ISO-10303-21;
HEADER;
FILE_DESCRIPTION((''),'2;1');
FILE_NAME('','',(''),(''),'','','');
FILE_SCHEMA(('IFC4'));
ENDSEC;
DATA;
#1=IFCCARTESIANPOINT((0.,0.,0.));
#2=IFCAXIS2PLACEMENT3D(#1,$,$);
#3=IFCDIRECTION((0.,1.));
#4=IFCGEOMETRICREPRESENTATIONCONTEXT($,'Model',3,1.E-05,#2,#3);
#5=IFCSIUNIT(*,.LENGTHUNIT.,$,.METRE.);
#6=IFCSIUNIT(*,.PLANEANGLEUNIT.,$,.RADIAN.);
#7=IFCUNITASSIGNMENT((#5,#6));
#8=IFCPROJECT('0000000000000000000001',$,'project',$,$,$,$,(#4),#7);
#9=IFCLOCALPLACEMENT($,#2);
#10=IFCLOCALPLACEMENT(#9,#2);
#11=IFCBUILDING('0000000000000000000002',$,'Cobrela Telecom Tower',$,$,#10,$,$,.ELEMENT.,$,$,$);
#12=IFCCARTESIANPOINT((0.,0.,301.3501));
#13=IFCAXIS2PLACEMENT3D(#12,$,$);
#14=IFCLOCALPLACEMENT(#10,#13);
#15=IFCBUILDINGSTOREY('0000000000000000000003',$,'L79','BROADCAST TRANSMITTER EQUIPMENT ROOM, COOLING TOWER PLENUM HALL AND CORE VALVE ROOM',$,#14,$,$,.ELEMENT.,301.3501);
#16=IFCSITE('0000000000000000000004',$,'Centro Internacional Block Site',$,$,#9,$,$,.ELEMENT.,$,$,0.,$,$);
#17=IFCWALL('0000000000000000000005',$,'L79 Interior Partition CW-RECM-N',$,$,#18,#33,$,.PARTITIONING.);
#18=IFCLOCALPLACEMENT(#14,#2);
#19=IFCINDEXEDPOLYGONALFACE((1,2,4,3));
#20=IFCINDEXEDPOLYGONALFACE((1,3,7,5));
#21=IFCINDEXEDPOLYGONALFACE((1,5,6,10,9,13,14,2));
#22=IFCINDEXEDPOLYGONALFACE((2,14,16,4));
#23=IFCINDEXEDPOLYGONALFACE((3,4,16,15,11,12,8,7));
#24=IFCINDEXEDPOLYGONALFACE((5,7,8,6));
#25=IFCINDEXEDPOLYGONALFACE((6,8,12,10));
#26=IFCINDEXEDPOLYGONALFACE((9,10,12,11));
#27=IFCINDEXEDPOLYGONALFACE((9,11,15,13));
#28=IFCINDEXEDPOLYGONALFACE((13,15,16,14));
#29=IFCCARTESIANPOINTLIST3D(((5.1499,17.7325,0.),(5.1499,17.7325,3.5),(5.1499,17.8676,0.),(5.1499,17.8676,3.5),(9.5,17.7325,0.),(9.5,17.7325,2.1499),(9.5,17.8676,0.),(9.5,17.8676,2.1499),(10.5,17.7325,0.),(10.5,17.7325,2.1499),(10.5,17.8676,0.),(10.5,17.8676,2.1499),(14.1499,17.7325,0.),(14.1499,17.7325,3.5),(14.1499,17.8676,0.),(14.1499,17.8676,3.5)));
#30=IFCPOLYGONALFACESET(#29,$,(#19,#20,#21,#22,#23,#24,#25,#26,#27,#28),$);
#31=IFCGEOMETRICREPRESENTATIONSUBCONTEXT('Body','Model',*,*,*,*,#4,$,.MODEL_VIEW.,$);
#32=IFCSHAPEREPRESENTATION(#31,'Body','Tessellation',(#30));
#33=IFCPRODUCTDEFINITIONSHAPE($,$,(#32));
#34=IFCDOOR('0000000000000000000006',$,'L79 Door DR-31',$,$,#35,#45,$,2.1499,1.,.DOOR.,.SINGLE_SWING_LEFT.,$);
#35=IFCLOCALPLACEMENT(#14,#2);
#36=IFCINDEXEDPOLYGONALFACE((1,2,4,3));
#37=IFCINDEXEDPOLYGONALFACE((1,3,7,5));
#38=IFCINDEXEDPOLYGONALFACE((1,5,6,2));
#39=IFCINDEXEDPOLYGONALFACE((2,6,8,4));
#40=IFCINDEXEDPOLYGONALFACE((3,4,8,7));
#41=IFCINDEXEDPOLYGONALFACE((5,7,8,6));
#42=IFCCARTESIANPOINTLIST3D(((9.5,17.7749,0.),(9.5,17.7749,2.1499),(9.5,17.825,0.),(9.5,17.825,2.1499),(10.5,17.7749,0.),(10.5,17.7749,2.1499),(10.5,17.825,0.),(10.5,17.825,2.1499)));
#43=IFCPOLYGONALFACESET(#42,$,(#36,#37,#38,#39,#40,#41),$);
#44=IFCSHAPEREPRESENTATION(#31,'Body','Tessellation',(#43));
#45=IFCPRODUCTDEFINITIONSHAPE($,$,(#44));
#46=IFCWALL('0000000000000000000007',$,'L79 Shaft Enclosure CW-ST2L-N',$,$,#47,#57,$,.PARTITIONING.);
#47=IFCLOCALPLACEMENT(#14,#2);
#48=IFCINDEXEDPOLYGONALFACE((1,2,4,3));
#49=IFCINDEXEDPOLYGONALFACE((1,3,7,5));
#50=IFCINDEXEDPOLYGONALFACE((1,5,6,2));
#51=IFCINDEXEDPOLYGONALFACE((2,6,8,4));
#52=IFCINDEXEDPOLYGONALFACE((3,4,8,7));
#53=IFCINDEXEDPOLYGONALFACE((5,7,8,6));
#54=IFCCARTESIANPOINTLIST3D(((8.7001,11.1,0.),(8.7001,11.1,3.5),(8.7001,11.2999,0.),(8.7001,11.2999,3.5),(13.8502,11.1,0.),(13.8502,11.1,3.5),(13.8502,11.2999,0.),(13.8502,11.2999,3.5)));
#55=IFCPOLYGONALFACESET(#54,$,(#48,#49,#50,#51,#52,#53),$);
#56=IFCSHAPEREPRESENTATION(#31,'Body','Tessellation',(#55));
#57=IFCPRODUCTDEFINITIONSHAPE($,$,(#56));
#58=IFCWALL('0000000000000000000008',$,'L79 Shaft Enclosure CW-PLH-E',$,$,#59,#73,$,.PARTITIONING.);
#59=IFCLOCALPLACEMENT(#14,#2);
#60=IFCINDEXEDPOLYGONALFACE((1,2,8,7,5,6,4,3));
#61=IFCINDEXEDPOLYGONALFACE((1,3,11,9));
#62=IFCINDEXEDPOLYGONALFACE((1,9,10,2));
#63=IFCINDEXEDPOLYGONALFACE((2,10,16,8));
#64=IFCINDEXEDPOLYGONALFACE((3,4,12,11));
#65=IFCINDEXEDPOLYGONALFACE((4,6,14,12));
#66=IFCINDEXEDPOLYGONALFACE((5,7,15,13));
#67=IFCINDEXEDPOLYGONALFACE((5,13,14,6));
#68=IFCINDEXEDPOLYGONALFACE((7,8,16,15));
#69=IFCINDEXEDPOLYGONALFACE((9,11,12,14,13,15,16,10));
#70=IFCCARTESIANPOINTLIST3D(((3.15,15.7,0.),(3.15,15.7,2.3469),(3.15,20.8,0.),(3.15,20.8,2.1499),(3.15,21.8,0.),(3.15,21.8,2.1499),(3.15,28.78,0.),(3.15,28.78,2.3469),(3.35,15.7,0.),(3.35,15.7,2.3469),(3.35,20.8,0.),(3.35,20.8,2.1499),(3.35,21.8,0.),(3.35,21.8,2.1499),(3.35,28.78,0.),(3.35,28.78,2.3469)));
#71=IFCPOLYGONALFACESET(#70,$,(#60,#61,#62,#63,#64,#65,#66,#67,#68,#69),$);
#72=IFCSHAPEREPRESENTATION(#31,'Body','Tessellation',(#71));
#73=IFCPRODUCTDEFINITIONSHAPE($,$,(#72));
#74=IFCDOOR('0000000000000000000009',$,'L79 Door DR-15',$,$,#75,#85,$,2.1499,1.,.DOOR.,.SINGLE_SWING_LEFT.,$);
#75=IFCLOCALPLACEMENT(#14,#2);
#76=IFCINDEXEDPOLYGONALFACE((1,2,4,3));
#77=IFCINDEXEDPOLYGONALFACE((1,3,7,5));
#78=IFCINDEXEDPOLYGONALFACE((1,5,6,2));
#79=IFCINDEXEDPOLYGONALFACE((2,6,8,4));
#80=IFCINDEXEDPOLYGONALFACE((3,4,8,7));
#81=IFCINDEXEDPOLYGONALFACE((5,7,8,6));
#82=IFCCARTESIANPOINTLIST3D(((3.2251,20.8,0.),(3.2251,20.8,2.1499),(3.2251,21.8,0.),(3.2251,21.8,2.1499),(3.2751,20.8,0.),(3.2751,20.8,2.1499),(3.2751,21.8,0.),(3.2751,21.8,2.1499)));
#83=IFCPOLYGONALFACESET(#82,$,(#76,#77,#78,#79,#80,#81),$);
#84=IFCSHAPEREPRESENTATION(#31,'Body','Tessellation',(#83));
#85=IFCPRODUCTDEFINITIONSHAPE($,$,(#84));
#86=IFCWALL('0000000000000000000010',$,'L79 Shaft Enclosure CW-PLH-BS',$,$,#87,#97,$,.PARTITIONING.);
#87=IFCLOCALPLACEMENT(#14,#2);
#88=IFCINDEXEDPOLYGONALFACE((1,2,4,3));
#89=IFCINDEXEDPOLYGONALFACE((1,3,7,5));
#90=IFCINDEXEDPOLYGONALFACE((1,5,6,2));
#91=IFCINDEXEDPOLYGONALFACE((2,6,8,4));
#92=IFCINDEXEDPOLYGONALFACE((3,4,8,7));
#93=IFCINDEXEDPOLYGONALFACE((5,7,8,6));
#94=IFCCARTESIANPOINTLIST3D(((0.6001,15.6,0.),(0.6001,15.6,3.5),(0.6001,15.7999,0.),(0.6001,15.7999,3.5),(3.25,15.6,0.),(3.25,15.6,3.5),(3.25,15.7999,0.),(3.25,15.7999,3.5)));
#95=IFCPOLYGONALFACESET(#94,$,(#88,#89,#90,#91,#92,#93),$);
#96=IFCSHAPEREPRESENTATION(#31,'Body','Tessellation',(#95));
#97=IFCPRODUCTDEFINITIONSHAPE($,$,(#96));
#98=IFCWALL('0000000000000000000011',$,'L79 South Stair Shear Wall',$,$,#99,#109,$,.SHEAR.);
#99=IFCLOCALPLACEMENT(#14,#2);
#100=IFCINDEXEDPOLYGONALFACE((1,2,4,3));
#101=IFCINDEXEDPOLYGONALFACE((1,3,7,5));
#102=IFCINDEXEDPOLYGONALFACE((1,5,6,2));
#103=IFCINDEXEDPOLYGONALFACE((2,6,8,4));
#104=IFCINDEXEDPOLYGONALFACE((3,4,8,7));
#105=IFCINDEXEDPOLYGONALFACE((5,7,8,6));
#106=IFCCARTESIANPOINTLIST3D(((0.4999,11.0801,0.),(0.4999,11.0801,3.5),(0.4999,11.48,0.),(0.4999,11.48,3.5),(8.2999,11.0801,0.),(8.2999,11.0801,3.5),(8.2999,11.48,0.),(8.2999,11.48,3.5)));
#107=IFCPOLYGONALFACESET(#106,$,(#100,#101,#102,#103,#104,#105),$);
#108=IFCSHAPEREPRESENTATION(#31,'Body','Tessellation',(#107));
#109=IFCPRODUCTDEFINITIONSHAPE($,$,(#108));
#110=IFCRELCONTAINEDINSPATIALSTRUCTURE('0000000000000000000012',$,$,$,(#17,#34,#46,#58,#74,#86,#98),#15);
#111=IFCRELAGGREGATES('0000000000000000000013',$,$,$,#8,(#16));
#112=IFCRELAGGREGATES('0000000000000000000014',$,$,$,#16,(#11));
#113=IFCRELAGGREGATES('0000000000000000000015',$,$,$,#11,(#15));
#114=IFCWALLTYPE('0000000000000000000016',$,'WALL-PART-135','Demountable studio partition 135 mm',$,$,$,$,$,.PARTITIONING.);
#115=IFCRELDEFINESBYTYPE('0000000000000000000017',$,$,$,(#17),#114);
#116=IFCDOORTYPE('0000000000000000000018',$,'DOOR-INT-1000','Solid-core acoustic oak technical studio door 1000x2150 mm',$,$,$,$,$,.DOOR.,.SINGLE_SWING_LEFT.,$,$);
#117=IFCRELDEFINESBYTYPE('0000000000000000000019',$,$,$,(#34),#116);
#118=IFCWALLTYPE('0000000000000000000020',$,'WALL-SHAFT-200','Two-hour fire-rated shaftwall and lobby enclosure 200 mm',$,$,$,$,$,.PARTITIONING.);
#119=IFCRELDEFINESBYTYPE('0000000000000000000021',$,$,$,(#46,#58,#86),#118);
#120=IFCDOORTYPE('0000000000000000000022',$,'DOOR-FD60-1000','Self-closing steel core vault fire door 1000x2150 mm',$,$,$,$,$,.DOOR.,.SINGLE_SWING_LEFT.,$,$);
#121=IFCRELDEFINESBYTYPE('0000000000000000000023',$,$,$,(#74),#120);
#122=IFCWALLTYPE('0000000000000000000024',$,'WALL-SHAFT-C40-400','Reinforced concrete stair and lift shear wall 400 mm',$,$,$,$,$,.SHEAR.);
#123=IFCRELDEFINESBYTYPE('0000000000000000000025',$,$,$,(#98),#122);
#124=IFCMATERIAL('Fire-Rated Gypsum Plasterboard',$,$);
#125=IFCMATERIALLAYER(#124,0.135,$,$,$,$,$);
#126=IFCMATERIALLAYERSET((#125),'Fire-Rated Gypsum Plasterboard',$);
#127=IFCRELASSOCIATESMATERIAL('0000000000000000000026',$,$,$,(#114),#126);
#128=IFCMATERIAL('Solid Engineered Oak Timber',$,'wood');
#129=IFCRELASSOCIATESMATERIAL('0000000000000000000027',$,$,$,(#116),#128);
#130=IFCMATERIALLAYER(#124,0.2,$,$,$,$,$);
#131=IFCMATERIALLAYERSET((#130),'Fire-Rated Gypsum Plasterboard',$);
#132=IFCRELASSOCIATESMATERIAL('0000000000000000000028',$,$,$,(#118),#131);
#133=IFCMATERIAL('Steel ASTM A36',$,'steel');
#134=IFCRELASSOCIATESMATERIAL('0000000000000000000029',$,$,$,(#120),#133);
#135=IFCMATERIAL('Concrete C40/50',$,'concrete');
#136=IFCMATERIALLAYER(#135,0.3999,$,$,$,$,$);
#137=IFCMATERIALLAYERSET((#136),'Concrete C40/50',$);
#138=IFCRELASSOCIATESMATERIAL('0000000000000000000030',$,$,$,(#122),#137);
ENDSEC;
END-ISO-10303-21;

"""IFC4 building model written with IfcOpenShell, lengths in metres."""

from ifc_helpers import new_model, si_unit, direction, frame, frame_2d, origin, place, context, subcontext, project, spatial, rectangle, extrude, material, layer, layer_set, type_object, element, fill, save


model = new_model("IFC4")

# Units and contexts
model_context = context("Model", 3, precision=1e-05, world=origin(), true_north=direction((0.0, 1.0)))
body_context = subcontext(model_context, "Body", "Model", "MODEL_VIEW")
ifc_project = project(units=[si_unit("LENGTHUNIT", "METRE"), si_unit("PLANEANGLEUNIT", "RADIAN")], contexts=[model_context])

# Site, building, storey
site_placement = place(None, origin())
site = spatial("IfcSite", under=ifc_project, at=site_placement, Name="Centro Internacional Block Site", CompositionType="ELEMENT", RefElevation=0.0)
building_placement = place(site_placement, origin())
building = spatial("IfcBuilding", under=site, at=building_placement, Name="Cobrela Telecom Tower", CompositionType="ELEMENT")
storey_placement = place(building_placement, frame((0.0, 0.0, 301.3501)))
storey = spatial("IfcBuildingStorey", under=building, at=storey_placement, Name="L79", Description="BROADCAST TRANSMITTER EQUIPMENT ROOM, COOLING TOWER PLENUM HALL AND CORE VALVE ROOM", CompositionType="ELEMENT", Elevation=301.3501)

# Wall, opening, door
ifc_material_1 = material(Name="Fire-Rated Gypsum Plasterboard")
ifc_material_2 = material(Name="Solid Engineered Oak Timber", Category="wood")
ifc_layer_1 = layer(ifc_material_1, 0.135)
ifc_layer_set_1 = layer_set([ifc_layer_1], Name="Fire-Rated Gypsum Plasterboard")
wall_type_1 = type_object("IfcWallType", Name="WALL-PART-135", Description="Demountable studio partition 135 mm", PredefinedType="PARTITIONING", material=ifc_layer_set_1)
wall_1_placement = place(storey_placement, frame((5.1499, 17.8, 0.0), z_axis=(0.0, 0.0, 1.0), x_axis=(1.0, 0.0, 0.0)))
wall_1 = element("IfcWall", 1, at=wall_1_placement, inside=storey, type_object=wall_type_1, Name="L79 Interior Partition CW-RECM-N", PredefinedType="PARTITIONING", context=body_context, shape_type="SweptSolid", body=[
    extrude(rectangle(XDim=9.0, YDim=0.135, at=frame_2d((4.5, 0.0))), origin(), (0.0, 0.0, 1.0), 3.5),
])
opening_1_placement = place(wall_1_placement, frame((4.3501, 0.0, 0.0)))
opening_1 = element("IfcOpeningElement", 2, at=opening_1_placement, cuts=wall_1, PredefinedType="OPENING", context=body_context, shape_type="SweptSolid", body=[
    extrude(rectangle(XDim=1.0, YDim=2.1499, at=frame_2d((0.5, 1.075))), frame((0.0, 0.0796, 0.0), z_axis=(0.0, -1.0, 0.0), x_axis=(1.0, 0.0, 0.0)), (0.0, 0.0, 1.0), 0.1589),
])
door_type_1 = type_object("IfcDoorType", Name="DOOR-INT-1000", Description="Solid-core acoustic oak technical studio door 1000x2150 mm", OperationType="SINGLE_SWING_LEFT", PredefinedType="DOOR", material=ifc_material_2)
door_1_placement = place(opening_1_placement, origin())
door_1 = element("IfcDoor", 3, at=door_1_placement, inside=storey, type_object=door_type_1, Name="L79 Door DR-31", OperationType="SINGLE_SWING_LEFT", OverallHeight=2.1499, OverallWidth=1.0, PredefinedType="DOOR", context=body_context, shape_type="SweptSolid", body=[
    extrude(rectangle(XDim=1.0, YDim=2.1499, at=frame_2d((0.5, 1.075))), frame((0.0, 0.0249, 0.0), z_axis=(0.0, -1.0, 0.0), x_axis=(1.0, 0.0, 0.0)), (0.0, 0.0, 1.0), 0.05),
])
fill(opening_1, door_1)

# Wall
ifc_layer_2 = layer(ifc_material_1, 0.2)
ifc_layer_set_2 = layer_set([ifc_layer_2], Name="Fire-Rated Gypsum Plasterboard")
wall_type_2 = type_object("IfcWallType", Name="WALL-SHAFT-200", Description="Two-hour fire-rated shaftwall and lobby enclosure 200 mm", PredefinedType="PARTITIONING", material=ifc_layer_set_2)
wall_2_placement = place(storey_placement, frame((8.7, 11.2, 0.0), z_axis=(0.0, 0.0, 1.0), x_axis=(1.0, 0.0, 0.0)))
element("IfcWall", 4, at=wall_2_placement, inside=storey, type_object=wall_type_2, Name="L79 Shaft Enclosure CW-ST2L-N", PredefinedType="PARTITIONING", context=body_context, shape_type="SweptSolid", body=[
    extrude(rectangle(XDim=5.1501, YDim=0.2, at=frame_2d((2.5752, 0.0))), origin(), (0.0, 0.0, 1.0), 3.5),
])

# Wall, opening, door
wall_3_placement = place(storey_placement, frame((3.25, 15.7, 0.0), z_axis=(0.0, 0.0, 1.0), x_axis=(0.0, 1.0, 0.0)))
wall_3 = element("IfcWall", 5, at=wall_3_placement, inside=storey, type_object=wall_type_2, Name="L79 Shaft Enclosure CW-PLH-E", PredefinedType="PARTITIONING", context=body_context, shape_type="SweptSolid", body=[
    extrude(rectangle(XDim=13.0801, YDim=0.2, at=frame_2d((6.54, 0.0))), origin(), (0.0, 0.0, 1.0), 2.3469),
])
opening_2_placement = place(wall_3_placement, frame((5.1001, 0.0, 0.0)))
opening_2 = element("IfcOpeningElement", 6, at=opening_2_placement, cuts=wall_3, PredefinedType="OPENING", context=body_context, shape_type="SweptSolid", body=[
    extrude(rectangle(XDim=1.0, YDim=2.1499, at=frame_2d((0.5, 1.075))), frame((0.0, 0.1118, 0.0), z_axis=(0.0, -1.0, 0.0), x_axis=(1.0, 0.0, 0.0)), (0.0, 0.0, 1.0), 0.2239),
])
ifc_material_3 = material(Name="Steel ASTM A36", Category="steel")
door_type_2 = type_object("IfcDoorType", Name="DOOR-FD60-1000", Description="Self-closing steel core vault fire door 1000x2150 mm", OperationType="SINGLE_SWING_LEFT", PredefinedType="DOOR", material=ifc_material_3)
door_2_placement = place(opening_2_placement, origin())
door_2 = element("IfcDoor", 7, at=door_2_placement, inside=storey, type_object=door_type_2, Name="L79 Door DR-15", OperationType="SINGLE_SWING_LEFT", OverallHeight=2.1499, OverallWidth=1.0, PredefinedType="DOOR", context=body_context, shape_type="SweptSolid", body=[
    extrude(rectangle(XDim=1.0, YDim=2.1499, at=frame_2d((0.5, 1.075))), frame((0.0, 0.0249, 0.0), z_axis=(0.0, -1.0, 0.0), x_axis=(1.0, 0.0, 0.0)), (0.0, 0.0, 1.0), 0.05),
])
fill(opening_2, door_2)

# Wall
wall_4_placement = place(storey_placement, frame((0.6001, 15.7, 0.0), z_axis=(0.0, 0.0, 1.0), x_axis=(1.0, 0.0, 0.0)))
element("IfcWall", 8, at=wall_4_placement, inside=storey, type_object=wall_type_2, Name="L79 Shaft Enclosure CW-PLH-BS", PredefinedType="PARTITIONING", context=body_context, shape_type="SweptSolid", body=[
    extrude(rectangle(XDim=2.6499, YDim=0.2, at=frame_2d((1.325, 0.0))), origin(), (0.0, 0.0, 1.0), 3.5),
])

# Wall
ifc_material_4 = material(Name="Concrete C40/50", Category="concrete")
ifc_layer_3 = layer(ifc_material_4, 0.3999)
ifc_layer_set_3 = layer_set([ifc_layer_3], Name="Concrete C40/50")
wall_type_3 = type_object("IfcWallType", Name="WALL-SHAFT-C40-400", Description="Reinforced concrete stair and lift shear wall 400 mm", PredefinedType="SHEAR", material=ifc_layer_set_3)
wall_5_placement = place(storey_placement, frame((0.5, 11.28, 0.0), z_axis=(0.0, 0.0, 1.0), x_axis=(1.0, 0.0, 0.0)))
element("IfcWall", 9, at=wall_5_placement, inside=storey, type_object=wall_type_3, Name="L79 South Stair Shear Wall", PredefinedType="SHEAR", context=body_context, shape_type="SweptSolid", body=[
    extrude(rectangle(XDim=7.8, YDim=0.3999, at=frame_2d((3.8999, 0.0))), origin(), (0.0, 0.0, 1.0), 3.5),
])

save(model, "model.ifc")
